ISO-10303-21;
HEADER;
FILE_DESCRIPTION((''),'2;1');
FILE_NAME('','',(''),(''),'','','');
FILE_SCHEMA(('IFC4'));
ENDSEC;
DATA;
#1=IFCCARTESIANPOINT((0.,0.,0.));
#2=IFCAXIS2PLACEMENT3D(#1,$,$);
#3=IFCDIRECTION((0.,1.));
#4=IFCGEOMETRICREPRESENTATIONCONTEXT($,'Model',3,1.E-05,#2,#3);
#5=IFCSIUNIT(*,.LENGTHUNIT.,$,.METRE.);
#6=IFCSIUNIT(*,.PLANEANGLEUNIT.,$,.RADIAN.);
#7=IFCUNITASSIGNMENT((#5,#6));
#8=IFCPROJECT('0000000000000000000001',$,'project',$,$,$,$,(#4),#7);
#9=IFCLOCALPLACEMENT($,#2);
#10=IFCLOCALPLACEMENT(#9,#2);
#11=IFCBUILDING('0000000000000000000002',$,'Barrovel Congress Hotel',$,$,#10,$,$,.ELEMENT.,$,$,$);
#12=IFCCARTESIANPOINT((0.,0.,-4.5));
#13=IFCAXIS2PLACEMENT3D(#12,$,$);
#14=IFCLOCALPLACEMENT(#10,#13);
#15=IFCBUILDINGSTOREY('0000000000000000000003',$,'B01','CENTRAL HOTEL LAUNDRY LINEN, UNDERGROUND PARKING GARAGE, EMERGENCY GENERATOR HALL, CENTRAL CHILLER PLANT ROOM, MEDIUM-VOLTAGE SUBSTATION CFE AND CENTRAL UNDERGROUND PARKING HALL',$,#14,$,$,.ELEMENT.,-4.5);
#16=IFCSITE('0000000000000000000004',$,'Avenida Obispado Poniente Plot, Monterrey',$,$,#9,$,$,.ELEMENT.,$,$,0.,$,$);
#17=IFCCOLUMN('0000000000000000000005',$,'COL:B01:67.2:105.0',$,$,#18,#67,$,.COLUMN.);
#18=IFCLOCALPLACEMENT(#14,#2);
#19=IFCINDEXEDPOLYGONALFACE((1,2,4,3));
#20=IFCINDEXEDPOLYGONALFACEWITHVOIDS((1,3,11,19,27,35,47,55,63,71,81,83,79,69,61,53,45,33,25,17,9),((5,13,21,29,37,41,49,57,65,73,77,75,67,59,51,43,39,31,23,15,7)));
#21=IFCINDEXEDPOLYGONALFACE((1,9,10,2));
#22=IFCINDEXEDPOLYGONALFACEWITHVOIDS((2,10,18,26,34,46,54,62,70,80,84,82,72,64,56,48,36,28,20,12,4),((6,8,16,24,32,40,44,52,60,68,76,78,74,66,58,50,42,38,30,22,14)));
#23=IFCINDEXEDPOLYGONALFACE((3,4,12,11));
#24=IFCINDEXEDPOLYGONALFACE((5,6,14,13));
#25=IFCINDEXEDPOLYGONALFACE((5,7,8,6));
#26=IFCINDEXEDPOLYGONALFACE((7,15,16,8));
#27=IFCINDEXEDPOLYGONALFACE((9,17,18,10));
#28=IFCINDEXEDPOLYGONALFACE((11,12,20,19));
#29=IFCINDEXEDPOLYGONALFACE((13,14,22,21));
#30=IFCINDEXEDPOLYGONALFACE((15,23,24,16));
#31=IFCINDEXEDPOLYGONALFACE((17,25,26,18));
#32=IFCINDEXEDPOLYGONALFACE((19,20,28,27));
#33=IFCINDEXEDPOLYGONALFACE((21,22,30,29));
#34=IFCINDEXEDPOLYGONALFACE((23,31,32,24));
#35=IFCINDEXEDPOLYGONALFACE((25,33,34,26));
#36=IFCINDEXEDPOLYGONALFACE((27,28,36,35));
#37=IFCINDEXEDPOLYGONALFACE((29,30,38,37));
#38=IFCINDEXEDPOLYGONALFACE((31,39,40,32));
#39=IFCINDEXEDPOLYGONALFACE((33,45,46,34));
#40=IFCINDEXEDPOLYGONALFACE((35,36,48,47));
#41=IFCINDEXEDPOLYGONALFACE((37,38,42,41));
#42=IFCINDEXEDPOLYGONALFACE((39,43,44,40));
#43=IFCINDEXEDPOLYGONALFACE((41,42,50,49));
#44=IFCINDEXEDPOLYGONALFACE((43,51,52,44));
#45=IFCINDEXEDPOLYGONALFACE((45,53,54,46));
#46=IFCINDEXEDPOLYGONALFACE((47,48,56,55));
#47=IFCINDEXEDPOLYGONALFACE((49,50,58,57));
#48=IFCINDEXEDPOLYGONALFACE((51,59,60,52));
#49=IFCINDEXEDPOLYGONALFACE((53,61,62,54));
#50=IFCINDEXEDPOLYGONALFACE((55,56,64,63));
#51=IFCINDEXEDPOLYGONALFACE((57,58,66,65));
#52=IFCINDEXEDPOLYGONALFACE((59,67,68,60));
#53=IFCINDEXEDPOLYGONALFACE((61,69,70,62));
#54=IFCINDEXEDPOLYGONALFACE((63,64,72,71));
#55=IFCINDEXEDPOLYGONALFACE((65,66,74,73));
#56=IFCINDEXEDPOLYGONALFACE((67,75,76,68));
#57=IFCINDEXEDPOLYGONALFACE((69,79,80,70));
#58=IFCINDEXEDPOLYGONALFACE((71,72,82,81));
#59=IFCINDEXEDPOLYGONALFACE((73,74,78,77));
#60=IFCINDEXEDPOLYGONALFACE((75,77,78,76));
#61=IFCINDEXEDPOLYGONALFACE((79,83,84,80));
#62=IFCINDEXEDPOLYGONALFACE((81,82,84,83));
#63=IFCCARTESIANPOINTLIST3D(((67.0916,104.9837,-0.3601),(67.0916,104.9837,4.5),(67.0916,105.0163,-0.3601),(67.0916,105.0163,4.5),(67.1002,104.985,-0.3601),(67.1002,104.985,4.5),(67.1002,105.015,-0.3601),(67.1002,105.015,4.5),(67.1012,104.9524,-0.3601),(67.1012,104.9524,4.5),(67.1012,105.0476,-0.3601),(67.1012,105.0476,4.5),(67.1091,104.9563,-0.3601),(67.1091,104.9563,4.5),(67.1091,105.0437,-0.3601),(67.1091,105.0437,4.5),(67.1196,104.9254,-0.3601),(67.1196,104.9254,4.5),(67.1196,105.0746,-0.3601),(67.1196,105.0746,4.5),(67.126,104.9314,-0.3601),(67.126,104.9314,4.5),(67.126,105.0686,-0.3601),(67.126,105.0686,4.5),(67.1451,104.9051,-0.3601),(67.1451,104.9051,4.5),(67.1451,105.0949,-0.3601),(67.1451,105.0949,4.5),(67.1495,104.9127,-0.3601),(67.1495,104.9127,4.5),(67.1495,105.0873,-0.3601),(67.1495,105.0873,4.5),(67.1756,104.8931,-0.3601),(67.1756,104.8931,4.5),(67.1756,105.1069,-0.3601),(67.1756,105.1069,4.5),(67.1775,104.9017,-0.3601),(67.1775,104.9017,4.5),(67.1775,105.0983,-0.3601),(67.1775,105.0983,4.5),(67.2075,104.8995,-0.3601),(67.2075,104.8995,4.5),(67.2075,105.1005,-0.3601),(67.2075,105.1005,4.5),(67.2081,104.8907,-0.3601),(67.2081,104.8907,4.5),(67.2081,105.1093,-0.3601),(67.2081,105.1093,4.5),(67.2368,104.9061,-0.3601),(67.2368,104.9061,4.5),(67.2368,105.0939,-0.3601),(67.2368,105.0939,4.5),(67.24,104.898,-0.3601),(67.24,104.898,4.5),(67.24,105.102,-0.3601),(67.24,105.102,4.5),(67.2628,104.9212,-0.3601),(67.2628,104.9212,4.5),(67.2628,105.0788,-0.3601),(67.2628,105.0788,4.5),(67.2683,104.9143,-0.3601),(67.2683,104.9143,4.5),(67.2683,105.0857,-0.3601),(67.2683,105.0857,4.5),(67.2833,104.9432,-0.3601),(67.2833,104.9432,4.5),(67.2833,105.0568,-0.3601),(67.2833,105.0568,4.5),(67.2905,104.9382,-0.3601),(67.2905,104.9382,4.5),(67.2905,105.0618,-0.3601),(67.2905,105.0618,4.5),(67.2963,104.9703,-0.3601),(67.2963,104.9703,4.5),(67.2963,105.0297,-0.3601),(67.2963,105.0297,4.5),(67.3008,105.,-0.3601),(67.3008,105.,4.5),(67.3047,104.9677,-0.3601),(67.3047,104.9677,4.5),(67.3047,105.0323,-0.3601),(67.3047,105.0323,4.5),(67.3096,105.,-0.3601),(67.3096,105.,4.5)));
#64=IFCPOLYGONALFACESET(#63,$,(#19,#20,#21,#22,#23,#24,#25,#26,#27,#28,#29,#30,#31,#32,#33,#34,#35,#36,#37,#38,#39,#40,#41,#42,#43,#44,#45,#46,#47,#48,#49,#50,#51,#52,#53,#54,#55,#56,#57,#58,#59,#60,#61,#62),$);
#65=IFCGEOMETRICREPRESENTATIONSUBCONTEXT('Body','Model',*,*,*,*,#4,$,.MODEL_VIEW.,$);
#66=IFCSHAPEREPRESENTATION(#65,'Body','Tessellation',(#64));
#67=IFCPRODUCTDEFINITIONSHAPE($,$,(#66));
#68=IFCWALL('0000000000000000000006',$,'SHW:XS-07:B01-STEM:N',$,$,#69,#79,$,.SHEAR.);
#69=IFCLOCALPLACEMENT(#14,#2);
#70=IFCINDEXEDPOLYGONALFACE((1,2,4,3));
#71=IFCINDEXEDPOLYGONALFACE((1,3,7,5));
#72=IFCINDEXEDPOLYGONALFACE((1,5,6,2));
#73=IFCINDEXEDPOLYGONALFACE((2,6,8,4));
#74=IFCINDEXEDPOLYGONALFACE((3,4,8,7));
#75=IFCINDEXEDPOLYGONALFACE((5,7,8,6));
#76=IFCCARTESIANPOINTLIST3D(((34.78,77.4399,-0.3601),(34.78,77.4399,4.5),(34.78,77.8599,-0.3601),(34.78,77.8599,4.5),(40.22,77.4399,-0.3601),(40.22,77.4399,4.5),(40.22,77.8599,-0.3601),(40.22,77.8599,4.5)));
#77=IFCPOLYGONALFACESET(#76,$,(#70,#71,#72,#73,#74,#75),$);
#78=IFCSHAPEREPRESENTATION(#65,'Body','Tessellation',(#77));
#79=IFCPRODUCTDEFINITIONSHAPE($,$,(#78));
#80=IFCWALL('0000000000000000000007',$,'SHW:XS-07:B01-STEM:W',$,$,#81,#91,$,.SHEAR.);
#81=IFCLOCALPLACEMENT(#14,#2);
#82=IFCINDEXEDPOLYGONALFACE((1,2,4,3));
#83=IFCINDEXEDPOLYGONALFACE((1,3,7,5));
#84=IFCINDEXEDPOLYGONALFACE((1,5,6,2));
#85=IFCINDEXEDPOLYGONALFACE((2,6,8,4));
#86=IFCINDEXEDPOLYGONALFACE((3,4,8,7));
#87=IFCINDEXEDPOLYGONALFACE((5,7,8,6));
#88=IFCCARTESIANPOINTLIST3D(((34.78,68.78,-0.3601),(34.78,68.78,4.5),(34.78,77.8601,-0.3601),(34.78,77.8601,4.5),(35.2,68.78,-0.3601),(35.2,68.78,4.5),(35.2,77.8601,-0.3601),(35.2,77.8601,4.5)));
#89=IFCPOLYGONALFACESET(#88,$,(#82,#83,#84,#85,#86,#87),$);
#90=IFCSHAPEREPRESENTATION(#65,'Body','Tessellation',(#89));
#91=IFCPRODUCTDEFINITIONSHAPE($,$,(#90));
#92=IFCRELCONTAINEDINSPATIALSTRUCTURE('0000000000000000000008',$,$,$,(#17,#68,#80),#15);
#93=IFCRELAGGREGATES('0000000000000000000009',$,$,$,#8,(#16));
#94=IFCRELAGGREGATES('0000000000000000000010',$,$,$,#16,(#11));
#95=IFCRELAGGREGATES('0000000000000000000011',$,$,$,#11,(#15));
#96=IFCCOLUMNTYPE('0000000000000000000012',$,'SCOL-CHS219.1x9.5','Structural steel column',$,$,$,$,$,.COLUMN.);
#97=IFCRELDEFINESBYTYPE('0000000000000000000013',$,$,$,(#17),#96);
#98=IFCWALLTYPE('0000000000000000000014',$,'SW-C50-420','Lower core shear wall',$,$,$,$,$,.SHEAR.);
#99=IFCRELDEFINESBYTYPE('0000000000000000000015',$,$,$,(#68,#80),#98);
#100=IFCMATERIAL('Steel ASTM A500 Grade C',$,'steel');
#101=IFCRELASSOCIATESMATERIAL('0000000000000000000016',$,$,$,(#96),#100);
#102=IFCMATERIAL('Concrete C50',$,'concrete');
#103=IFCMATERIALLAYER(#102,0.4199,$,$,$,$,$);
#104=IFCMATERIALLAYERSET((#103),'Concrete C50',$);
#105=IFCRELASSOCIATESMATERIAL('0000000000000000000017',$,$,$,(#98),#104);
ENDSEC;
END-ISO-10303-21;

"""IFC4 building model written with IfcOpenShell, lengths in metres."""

from ifc_helpers import new_model, si_unit, direction, frame, frame_2d, origin, origin_2d, place, context, subcontext, project, spatial, rectangle, hollow_circle, extrude, material, layer, layer_set, material_profile, profile_set, type_object, element, save


model = new_model("IFC4")

# Units and contexts
model_context = context("Model", 3, precision=1e-05, world=origin(), true_north=direction((0.0, 1.0)))
body_context = subcontext(model_context, "Body", "Model", "MODEL_VIEW")
ifc_project = project(units=[si_unit("LENGTHUNIT", "METRE"), si_unit("PLANEANGLEUNIT", "RADIAN")], contexts=[model_context])

# Site, building, storey
site_placement = place(None, origin())
site = spatial("IfcSite", under=ifc_project, at=site_placement, Name="Avenida Obispado Poniente Plot, Monterrey", CompositionType="ELEMENT", RefElevation=0.0)
building_placement = place(site_placement, origin())
building = spatial("IfcBuilding", under=site, at=building_placement, Name="Barrovel Congress Hotel", CompositionType="ELEMENT")
storey_placement = place(building_placement, frame((0.0, 0.0, -4.5)))
storey = spatial("IfcBuildingStorey", under=building, at=storey_placement, Name="B01", Description="CENTRAL HOTEL LAUNDRY LINEN, UNDERGROUND PARKING GARAGE, EMERGENCY GENERATOR HALL, CENTRAL CHILLER PLANT ROOM, MEDIUM-VOLTAGE SUBSTATION CFE AND CENTRAL UNDERGROUND PARKING HALL", CompositionType="ELEMENT", Elevation=-4.5)

# Column
ifc_material_1 = material(Name="Concrete C50", Category="concrete")
ifc_material_2 = material(Name="Steel ASTM A500 Grade C", Category="steel")
ifc_material_profile_1 = material_profile(ifc_material_2, hollow_circle(Radius=0.1096, WallThickness=0.0088, at=origin_2d()), Name="CHS219.1x9.5")
ifc_profile_set_1 = profile_set([ifc_material_profile_1], Name="Steel ASTM A500 Grade C")
column_type_1 = type_object("IfcColumnType", Name="SCOL-CHS219.1x9.5", Description="Structural steel column", PredefinedType="COLUMN", material=ifc_profile_set_1)
for number, where, z_axis, x_axis, name in (
    (1, (67.2, 105.0, -0.3601), (0.0, 0.0, 1.0), (1.0, 0.0, 0.0), "COL:B01:67.2:105.0"),
):
    element("IfcColumn", number, at=place(storey_placement, frame(where, z_axis=z_axis, x_axis=x_axis)), inside=storey, type_object=column_type_1, Name=name, PredefinedType="COLUMN", context=body_context, shape_type="SweptSolid", body=[
        extrude(hollow_circle(Radius=0.1096, WallThickness=0.0088, at=origin_2d()), origin(), (0.0, 0.0, 1.0), 4.8601),
    ])

# Walls
ifc_layer = layer(ifc_material_1, 0.4199)
ifc_layer_set = layer_set([ifc_layer], Name="Concrete C50")
wall_type = type_object("IfcWallType", Name="SW-C50-420", Description="Lower core shear wall", PredefinedType="SHEAR", material=ifc_layer_set)
wall_1_placement = place(storey_placement, frame((40.22, 77.6499, -0.3601), z_axis=(0.0, 0.0, 1.0), x_axis=(-1.0, 0.0, 0.0)))
element("IfcWall", 2, at=wall_1_placement, inside=storey, type_object=wall_type, Name="SHW:XS-07:B01-STEM:N", PredefinedType="SHEAR", context=body_context, shape_type="SweptSolid", body=[
    extrude(rectangle(XDim=5.4399, YDim=0.4199, at=frame_2d((2.72, 0.0))), origin(), (0.0, 0.0, 1.0), 4.8601),
])
wall_2_placement = place(storey_placement, frame((34.99, 77.8601, -0.3601), z_axis=(0.0, 0.0, 1.0), x_axis=(0.0, -1.0, 0.0)))
element("IfcWall", 3, at=wall_2_placement, inside=storey, type_object=wall_type, Name="SHW:XS-07:B01-STEM:W", PredefinedType="SHEAR", context=body_context, shape_type="SweptSolid", body=[
    extrude(rectangle(XDim=9.0801, YDim=0.4199, at=frame_2d((4.54, 0.0))), origin(), (0.0, 0.0, 1.0), 4.8601),
])

save(model, "model.ifc")
